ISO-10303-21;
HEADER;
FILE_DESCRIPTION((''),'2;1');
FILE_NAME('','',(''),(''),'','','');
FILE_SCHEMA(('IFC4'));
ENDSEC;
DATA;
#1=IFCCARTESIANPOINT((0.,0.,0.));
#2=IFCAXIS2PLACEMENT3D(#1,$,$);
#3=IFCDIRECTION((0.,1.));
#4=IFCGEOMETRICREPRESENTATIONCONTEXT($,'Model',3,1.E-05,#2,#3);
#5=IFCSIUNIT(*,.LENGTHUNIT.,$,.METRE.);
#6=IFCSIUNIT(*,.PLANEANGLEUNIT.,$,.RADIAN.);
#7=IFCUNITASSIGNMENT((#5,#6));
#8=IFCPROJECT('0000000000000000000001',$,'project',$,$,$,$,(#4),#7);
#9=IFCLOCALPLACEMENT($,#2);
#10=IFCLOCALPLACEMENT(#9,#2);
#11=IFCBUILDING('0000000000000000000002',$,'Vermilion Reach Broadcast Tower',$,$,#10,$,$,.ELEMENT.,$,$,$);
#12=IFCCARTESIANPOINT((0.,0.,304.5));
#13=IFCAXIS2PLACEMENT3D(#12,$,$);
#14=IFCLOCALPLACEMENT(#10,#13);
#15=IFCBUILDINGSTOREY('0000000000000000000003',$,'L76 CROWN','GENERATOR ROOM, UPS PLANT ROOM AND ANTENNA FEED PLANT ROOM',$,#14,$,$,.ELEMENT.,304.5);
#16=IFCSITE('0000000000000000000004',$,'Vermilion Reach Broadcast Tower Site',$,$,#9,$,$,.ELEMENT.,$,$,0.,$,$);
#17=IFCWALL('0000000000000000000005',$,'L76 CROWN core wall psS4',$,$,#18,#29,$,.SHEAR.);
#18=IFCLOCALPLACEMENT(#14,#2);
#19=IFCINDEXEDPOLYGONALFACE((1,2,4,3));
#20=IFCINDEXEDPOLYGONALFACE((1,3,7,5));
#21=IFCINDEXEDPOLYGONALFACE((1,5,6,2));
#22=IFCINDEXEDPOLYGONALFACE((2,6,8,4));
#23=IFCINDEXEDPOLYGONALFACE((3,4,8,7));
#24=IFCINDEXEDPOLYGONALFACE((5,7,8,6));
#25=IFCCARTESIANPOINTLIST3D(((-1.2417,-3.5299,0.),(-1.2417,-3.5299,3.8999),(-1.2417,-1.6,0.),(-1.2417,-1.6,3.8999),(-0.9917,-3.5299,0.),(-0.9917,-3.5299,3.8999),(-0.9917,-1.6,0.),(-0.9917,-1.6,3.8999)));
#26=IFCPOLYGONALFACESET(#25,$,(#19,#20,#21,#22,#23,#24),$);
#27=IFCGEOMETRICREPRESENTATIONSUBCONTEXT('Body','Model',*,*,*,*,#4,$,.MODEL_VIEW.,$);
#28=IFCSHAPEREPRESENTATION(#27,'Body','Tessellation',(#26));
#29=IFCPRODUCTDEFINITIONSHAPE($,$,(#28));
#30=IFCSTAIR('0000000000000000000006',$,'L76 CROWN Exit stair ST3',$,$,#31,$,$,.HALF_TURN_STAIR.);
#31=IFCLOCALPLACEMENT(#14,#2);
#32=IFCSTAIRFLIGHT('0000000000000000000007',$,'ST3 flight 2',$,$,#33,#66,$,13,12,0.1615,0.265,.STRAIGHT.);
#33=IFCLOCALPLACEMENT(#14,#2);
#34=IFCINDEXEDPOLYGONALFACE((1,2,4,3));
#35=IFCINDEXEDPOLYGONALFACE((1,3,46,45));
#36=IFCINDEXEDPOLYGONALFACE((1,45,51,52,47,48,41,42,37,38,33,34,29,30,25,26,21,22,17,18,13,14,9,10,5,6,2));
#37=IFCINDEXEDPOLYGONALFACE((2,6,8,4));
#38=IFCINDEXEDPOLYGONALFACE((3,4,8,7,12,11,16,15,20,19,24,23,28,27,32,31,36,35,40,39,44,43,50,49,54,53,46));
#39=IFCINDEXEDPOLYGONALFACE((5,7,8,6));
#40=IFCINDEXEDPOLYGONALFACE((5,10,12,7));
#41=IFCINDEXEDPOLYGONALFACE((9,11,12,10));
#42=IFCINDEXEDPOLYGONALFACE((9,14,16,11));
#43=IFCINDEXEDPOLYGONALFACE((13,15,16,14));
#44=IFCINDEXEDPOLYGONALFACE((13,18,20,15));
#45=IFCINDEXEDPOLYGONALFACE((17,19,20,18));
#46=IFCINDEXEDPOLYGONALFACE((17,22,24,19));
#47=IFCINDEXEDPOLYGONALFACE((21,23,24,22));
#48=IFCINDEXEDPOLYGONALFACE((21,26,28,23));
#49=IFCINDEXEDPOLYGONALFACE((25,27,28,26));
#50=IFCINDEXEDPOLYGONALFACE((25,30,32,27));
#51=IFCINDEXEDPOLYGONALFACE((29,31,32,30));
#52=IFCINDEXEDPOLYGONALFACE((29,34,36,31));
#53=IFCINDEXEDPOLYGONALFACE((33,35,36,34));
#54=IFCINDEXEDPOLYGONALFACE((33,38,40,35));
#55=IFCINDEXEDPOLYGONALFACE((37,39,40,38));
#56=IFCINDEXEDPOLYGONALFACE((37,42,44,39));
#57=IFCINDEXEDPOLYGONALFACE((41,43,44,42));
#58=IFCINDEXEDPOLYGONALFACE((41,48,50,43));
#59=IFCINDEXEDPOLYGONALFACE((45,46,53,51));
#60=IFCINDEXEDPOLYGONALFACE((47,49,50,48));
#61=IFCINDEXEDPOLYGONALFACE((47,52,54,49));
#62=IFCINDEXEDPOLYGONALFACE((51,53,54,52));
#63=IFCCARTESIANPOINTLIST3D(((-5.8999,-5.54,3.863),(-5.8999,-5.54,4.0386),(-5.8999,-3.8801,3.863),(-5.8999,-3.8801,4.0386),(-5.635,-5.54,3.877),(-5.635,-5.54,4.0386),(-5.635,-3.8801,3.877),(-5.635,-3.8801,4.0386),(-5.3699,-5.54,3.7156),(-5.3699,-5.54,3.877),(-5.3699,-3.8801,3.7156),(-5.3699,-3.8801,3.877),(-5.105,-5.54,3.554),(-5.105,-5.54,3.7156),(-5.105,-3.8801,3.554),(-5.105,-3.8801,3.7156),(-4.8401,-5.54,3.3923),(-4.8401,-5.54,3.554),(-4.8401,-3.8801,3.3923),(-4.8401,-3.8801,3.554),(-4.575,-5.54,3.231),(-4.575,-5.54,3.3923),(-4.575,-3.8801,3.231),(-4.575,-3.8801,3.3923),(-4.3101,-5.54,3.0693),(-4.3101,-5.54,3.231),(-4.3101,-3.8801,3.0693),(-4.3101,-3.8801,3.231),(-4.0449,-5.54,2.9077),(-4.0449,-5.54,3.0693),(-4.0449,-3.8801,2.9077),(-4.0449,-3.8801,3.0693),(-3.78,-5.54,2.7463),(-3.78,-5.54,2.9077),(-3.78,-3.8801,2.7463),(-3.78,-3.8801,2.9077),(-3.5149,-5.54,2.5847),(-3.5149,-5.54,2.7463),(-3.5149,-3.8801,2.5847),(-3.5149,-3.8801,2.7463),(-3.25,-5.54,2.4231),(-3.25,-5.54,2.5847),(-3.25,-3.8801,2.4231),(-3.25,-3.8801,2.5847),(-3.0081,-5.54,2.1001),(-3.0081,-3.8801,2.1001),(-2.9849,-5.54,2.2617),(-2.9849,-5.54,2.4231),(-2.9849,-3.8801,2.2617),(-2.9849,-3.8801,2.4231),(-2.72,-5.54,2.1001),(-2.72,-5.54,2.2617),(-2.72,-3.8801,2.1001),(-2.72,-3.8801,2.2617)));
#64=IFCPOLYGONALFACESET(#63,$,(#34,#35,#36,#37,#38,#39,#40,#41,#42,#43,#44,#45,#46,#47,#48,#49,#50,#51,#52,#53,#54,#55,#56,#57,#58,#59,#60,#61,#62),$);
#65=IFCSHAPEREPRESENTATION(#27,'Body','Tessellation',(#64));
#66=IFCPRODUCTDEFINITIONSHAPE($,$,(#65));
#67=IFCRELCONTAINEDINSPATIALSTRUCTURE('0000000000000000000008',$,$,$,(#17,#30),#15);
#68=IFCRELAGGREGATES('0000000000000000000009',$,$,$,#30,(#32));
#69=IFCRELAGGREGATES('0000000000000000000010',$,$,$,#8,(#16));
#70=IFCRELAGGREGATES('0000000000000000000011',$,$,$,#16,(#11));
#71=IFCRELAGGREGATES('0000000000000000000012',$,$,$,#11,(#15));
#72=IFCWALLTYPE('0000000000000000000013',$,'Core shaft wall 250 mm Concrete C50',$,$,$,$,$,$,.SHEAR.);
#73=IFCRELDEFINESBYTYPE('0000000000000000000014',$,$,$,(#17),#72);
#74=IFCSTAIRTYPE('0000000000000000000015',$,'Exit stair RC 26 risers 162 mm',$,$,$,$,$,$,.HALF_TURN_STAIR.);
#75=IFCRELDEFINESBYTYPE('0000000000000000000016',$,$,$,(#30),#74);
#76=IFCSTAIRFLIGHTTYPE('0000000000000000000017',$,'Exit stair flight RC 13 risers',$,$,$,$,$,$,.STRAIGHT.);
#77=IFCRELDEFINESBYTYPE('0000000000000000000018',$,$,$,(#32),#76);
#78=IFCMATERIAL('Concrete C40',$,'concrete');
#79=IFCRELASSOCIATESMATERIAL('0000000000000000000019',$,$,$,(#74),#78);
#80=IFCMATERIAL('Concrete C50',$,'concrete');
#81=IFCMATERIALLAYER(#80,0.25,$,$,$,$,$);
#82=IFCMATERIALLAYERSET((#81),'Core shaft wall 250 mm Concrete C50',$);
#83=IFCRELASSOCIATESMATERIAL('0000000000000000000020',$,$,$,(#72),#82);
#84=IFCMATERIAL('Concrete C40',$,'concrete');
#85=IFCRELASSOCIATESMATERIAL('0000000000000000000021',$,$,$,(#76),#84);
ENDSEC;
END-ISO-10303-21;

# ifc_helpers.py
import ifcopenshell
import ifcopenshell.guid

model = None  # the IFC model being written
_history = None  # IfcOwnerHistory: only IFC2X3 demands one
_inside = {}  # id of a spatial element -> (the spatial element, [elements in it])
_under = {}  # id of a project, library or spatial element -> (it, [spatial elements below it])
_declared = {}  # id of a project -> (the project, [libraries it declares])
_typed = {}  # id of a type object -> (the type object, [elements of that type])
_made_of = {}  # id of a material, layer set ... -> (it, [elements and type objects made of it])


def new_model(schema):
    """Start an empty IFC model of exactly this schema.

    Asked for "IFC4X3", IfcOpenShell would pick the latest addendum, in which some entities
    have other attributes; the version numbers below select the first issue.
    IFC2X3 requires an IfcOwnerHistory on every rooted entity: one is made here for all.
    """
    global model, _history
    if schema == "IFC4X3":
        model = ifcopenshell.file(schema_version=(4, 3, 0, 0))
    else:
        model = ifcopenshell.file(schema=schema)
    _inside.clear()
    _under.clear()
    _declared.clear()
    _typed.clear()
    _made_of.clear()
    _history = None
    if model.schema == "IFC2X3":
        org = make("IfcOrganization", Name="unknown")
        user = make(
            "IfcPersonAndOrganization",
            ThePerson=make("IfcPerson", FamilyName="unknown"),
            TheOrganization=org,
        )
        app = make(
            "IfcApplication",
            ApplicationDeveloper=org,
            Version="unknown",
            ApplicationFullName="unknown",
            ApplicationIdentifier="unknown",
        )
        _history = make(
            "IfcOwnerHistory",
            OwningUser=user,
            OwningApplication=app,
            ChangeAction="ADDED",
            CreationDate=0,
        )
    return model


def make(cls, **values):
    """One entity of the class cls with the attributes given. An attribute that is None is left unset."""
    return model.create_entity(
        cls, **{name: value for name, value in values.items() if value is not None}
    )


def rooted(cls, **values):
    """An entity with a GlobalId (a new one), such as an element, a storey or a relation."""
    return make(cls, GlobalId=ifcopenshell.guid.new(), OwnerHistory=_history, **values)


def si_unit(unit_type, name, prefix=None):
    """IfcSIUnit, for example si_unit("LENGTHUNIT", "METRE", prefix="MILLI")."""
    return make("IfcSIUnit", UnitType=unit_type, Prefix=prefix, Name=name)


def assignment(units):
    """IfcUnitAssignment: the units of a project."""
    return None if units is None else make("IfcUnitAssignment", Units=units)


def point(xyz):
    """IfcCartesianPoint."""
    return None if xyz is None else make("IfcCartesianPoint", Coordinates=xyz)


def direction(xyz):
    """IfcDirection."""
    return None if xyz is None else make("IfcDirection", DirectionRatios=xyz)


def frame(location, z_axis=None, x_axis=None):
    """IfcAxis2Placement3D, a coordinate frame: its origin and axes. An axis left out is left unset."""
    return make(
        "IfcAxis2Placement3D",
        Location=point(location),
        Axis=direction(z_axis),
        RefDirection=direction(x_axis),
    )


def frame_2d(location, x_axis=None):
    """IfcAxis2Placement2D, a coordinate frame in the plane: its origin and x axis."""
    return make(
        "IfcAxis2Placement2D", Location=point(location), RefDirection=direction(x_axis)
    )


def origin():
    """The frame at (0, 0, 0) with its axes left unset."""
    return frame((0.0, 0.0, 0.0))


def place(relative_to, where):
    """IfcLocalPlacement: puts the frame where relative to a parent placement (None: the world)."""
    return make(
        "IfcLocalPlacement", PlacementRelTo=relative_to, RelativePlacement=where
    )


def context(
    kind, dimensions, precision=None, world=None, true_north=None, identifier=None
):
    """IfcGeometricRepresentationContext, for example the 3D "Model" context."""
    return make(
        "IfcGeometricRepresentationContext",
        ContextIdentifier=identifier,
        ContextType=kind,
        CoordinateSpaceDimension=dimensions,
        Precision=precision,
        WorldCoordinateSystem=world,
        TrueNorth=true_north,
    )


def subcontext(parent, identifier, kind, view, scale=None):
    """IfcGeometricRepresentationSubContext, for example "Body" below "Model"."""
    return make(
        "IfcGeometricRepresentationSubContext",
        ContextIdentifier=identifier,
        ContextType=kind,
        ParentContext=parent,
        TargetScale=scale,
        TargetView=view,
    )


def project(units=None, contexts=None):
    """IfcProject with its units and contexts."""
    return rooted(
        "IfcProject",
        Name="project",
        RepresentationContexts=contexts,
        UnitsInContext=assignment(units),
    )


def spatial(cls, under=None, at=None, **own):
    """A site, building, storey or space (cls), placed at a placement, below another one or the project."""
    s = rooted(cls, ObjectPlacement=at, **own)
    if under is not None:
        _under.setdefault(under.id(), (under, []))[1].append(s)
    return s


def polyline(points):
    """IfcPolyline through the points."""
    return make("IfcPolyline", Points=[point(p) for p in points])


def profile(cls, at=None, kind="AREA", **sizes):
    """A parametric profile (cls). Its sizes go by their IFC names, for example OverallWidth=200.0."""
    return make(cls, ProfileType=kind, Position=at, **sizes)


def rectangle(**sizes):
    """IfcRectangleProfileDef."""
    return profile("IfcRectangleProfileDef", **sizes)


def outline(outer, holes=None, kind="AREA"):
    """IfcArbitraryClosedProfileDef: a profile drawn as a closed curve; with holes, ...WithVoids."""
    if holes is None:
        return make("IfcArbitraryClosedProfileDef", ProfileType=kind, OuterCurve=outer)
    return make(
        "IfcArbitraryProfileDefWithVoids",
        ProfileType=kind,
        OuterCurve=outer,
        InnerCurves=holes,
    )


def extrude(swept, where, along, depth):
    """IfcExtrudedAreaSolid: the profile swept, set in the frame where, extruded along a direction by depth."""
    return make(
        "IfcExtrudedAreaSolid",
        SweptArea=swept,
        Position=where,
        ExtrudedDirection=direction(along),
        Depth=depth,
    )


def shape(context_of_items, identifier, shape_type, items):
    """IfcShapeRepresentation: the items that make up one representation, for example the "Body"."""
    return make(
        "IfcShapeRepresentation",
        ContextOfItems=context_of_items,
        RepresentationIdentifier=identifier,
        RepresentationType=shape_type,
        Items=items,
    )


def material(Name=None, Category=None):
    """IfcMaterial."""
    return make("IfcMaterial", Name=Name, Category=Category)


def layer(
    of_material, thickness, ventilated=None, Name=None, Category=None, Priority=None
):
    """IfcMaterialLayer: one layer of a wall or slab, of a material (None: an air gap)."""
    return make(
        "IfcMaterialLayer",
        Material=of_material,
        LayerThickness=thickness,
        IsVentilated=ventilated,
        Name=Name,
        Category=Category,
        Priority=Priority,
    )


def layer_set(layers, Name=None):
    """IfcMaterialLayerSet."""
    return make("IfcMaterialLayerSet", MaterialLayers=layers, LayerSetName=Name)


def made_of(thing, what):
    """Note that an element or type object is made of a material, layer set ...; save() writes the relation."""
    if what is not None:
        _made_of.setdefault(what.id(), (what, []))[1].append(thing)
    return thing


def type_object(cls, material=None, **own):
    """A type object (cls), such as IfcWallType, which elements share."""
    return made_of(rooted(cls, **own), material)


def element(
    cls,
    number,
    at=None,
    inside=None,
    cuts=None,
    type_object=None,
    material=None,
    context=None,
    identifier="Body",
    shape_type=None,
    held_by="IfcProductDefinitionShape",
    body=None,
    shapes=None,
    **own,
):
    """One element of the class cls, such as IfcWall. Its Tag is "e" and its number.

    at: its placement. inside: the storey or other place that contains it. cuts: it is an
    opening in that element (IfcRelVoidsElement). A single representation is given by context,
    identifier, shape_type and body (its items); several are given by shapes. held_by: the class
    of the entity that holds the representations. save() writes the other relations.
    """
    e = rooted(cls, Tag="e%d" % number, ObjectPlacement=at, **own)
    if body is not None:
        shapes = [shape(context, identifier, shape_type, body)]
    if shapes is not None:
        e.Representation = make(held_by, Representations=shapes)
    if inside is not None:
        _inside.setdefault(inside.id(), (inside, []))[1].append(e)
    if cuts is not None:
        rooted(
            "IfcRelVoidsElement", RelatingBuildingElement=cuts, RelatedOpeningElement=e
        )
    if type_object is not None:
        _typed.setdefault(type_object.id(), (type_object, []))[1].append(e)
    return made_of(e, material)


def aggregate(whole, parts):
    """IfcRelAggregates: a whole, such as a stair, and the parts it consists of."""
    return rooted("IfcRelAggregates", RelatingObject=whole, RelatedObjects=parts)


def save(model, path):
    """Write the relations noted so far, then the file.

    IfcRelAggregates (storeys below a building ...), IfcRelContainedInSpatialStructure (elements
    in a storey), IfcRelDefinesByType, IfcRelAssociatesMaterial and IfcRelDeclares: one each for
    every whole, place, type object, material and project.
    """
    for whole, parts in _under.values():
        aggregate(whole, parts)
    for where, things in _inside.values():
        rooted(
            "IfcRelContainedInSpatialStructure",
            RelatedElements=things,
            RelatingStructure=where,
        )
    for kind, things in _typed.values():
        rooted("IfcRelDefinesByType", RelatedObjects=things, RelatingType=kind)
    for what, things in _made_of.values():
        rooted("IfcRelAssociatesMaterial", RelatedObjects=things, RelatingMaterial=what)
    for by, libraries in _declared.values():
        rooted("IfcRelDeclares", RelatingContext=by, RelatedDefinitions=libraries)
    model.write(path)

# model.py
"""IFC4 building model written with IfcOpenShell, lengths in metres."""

from ifc_helpers import new_model, si_unit, direction, frame, frame_2d, origin, place, context, subcontext, project, spatial, polyline, rectangle, outline, extrude, material, layer, layer_set, type_object, element, aggregate, save


model = new_model("IFC4")

# Units and contexts
model_context = context("Model", 3, precision=1e-05, world=origin(), true_north=direction((0.0, 1.0)))
body_context = subcontext(model_context, "Body", "Model", "MODEL_VIEW")
ifc_project = project(units=[si_unit("LENGTHUNIT", "METRE"), si_unit("PLANEANGLEUNIT", "RADIAN")], contexts=[model_context])

# Site, building, storey
site_placement = place(None, origin())
site = spatial("IfcSite", under=ifc_project, at=site_placement, Name="Vermilion Reach Broadcast Tower Site", CompositionType="ELEMENT", RefElevation=0.0)
building_placement = place(site_placement, origin())
building = spatial("IfcBuilding", under=site, at=building_placement, Name="Vermilion Reach Broadcast Tower", CompositionType="ELEMENT")
storey_placement = place(building_placement, frame((0.0, 0.0, 304.5)))
storey = spatial("IfcBuildingStorey", under=building, at=storey_placement, Name="L76 CROWN", Description="GENERATOR ROOM, UPS PLANT ROOM AND ANTENNA FEED PLANT ROOM", CompositionType="ELEMENT", Elevation=304.5)

# Shared definitions
ifc_material_1 = material(Name="Concrete C40", Category="concrete")
stair_type = type_object("IfcStairType", Name="Exit stair RC 26 risers 162 mm", PredefinedType="HALF_TURN_STAIR", material=ifc_material_1)
placement_1 = place(storey_placement, origin())

# Wall
ifc_material_2 = material(Name="Concrete C50", Category="concrete")
ifc_layer_1 = layer(ifc_material_2, 0.25)
ifc_layer_set_1 = layer_set([ifc_layer_1], Name="Core shaft wall 250 mm Concrete C50")
wall_type_1 = type_object("IfcWallType", Name="Core shaft wall 250 mm Concrete C50", PredefinedType="SHEAR", material=ifc_layer_set_1)
wall_1_placement = place(storey_placement, frame((-1.1167, -1.6001, 0.0), z_axis=(0.0, 0.0, 1.0), x_axis=(0.0, -1.0, 0.0)))
element("IfcWall", 1, at=wall_1_placement, inside=storey, type_object=wall_type_1, Name="L76 CROWN core wall psS4", PredefinedType="SHEAR", context=body_context, shape_type="SweptSolid", body=[
    extrude(rectangle(XDim=1.9299, YDim=0.25, at=frame_2d((0.9648, 0.0))), origin(), (0.0, 0.0, 1.0), 3.8999),
])

# Stair, stair flight
stair_1 = element("IfcStair", 2, at=placement_1, inside=storey, type_object=stair_type, Name="L76 CROWN Exit stair ST3", PredefinedType="HALF_TURN_STAIR")
ifc_material_3 = material(Name="Concrete C40", Category="concrete")
stair_flight_type = type_object("IfcStairFlightType", Name="Exit stair flight RC 13 risers", PredefinedType="STRAIGHT", material=ifc_material_3)
stair_flight_placement = place(storey_placement, frame((-2.72, -4.71, 2.1001), z_axis=(0.0, 0.0, 1.0), x_axis=(-1.0, 0.0, 0.0)))
stair_flight = element("IfcStairFlight", 3, at=stair_flight_placement, type_object=stair_flight_type, Name="ST3 flight 2", NumberOfRisers=13, NumberOfTreads=12, PredefinedType="STRAIGHT", RiserHeight=0.1615, TreadLength=0.265, context=body_context, shape_type="SweptSolid", body=[
    extrude(outline(polyline([(0.0, 0.0), (0.0, 0.1616), (0.2649, 0.1616), (0.2649, 0.323), (0.53, 0.323), (0.53, 0.4846), (0.7949, 0.4846), (0.7949, 0.6462), (1.0601, 0.6462), (1.0601, 0.8076), (1.325, 0.8076), (1.325, 0.9692), (1.5901, 0.9692), (1.5901, 1.1309), (1.855, 1.1309), (1.855, 1.2922), (2.1201, 1.2922), (2.1201, 1.4539), (2.385, 1.4539), (2.385, 1.6155), (2.6499, 1.6155), (2.6499, 1.7769), (2.915, 1.7769), (2.915, 1.9385), (3.1799, 1.9385), (3.1799, 2.1001), (3.1799, 1.7629), (0.2881, 0.0), (0.0, 0.0)])), frame((0.0, 0.8301, 0.0), z_axis=(0.0, -1.0, 0.0), x_axis=(1.0, 0.0, 0.0)), (0.0, 0.0, 1.0), 1.6599),
])
aggregate(stair_1, [stair_flight])

save(model, "model.ifc")
